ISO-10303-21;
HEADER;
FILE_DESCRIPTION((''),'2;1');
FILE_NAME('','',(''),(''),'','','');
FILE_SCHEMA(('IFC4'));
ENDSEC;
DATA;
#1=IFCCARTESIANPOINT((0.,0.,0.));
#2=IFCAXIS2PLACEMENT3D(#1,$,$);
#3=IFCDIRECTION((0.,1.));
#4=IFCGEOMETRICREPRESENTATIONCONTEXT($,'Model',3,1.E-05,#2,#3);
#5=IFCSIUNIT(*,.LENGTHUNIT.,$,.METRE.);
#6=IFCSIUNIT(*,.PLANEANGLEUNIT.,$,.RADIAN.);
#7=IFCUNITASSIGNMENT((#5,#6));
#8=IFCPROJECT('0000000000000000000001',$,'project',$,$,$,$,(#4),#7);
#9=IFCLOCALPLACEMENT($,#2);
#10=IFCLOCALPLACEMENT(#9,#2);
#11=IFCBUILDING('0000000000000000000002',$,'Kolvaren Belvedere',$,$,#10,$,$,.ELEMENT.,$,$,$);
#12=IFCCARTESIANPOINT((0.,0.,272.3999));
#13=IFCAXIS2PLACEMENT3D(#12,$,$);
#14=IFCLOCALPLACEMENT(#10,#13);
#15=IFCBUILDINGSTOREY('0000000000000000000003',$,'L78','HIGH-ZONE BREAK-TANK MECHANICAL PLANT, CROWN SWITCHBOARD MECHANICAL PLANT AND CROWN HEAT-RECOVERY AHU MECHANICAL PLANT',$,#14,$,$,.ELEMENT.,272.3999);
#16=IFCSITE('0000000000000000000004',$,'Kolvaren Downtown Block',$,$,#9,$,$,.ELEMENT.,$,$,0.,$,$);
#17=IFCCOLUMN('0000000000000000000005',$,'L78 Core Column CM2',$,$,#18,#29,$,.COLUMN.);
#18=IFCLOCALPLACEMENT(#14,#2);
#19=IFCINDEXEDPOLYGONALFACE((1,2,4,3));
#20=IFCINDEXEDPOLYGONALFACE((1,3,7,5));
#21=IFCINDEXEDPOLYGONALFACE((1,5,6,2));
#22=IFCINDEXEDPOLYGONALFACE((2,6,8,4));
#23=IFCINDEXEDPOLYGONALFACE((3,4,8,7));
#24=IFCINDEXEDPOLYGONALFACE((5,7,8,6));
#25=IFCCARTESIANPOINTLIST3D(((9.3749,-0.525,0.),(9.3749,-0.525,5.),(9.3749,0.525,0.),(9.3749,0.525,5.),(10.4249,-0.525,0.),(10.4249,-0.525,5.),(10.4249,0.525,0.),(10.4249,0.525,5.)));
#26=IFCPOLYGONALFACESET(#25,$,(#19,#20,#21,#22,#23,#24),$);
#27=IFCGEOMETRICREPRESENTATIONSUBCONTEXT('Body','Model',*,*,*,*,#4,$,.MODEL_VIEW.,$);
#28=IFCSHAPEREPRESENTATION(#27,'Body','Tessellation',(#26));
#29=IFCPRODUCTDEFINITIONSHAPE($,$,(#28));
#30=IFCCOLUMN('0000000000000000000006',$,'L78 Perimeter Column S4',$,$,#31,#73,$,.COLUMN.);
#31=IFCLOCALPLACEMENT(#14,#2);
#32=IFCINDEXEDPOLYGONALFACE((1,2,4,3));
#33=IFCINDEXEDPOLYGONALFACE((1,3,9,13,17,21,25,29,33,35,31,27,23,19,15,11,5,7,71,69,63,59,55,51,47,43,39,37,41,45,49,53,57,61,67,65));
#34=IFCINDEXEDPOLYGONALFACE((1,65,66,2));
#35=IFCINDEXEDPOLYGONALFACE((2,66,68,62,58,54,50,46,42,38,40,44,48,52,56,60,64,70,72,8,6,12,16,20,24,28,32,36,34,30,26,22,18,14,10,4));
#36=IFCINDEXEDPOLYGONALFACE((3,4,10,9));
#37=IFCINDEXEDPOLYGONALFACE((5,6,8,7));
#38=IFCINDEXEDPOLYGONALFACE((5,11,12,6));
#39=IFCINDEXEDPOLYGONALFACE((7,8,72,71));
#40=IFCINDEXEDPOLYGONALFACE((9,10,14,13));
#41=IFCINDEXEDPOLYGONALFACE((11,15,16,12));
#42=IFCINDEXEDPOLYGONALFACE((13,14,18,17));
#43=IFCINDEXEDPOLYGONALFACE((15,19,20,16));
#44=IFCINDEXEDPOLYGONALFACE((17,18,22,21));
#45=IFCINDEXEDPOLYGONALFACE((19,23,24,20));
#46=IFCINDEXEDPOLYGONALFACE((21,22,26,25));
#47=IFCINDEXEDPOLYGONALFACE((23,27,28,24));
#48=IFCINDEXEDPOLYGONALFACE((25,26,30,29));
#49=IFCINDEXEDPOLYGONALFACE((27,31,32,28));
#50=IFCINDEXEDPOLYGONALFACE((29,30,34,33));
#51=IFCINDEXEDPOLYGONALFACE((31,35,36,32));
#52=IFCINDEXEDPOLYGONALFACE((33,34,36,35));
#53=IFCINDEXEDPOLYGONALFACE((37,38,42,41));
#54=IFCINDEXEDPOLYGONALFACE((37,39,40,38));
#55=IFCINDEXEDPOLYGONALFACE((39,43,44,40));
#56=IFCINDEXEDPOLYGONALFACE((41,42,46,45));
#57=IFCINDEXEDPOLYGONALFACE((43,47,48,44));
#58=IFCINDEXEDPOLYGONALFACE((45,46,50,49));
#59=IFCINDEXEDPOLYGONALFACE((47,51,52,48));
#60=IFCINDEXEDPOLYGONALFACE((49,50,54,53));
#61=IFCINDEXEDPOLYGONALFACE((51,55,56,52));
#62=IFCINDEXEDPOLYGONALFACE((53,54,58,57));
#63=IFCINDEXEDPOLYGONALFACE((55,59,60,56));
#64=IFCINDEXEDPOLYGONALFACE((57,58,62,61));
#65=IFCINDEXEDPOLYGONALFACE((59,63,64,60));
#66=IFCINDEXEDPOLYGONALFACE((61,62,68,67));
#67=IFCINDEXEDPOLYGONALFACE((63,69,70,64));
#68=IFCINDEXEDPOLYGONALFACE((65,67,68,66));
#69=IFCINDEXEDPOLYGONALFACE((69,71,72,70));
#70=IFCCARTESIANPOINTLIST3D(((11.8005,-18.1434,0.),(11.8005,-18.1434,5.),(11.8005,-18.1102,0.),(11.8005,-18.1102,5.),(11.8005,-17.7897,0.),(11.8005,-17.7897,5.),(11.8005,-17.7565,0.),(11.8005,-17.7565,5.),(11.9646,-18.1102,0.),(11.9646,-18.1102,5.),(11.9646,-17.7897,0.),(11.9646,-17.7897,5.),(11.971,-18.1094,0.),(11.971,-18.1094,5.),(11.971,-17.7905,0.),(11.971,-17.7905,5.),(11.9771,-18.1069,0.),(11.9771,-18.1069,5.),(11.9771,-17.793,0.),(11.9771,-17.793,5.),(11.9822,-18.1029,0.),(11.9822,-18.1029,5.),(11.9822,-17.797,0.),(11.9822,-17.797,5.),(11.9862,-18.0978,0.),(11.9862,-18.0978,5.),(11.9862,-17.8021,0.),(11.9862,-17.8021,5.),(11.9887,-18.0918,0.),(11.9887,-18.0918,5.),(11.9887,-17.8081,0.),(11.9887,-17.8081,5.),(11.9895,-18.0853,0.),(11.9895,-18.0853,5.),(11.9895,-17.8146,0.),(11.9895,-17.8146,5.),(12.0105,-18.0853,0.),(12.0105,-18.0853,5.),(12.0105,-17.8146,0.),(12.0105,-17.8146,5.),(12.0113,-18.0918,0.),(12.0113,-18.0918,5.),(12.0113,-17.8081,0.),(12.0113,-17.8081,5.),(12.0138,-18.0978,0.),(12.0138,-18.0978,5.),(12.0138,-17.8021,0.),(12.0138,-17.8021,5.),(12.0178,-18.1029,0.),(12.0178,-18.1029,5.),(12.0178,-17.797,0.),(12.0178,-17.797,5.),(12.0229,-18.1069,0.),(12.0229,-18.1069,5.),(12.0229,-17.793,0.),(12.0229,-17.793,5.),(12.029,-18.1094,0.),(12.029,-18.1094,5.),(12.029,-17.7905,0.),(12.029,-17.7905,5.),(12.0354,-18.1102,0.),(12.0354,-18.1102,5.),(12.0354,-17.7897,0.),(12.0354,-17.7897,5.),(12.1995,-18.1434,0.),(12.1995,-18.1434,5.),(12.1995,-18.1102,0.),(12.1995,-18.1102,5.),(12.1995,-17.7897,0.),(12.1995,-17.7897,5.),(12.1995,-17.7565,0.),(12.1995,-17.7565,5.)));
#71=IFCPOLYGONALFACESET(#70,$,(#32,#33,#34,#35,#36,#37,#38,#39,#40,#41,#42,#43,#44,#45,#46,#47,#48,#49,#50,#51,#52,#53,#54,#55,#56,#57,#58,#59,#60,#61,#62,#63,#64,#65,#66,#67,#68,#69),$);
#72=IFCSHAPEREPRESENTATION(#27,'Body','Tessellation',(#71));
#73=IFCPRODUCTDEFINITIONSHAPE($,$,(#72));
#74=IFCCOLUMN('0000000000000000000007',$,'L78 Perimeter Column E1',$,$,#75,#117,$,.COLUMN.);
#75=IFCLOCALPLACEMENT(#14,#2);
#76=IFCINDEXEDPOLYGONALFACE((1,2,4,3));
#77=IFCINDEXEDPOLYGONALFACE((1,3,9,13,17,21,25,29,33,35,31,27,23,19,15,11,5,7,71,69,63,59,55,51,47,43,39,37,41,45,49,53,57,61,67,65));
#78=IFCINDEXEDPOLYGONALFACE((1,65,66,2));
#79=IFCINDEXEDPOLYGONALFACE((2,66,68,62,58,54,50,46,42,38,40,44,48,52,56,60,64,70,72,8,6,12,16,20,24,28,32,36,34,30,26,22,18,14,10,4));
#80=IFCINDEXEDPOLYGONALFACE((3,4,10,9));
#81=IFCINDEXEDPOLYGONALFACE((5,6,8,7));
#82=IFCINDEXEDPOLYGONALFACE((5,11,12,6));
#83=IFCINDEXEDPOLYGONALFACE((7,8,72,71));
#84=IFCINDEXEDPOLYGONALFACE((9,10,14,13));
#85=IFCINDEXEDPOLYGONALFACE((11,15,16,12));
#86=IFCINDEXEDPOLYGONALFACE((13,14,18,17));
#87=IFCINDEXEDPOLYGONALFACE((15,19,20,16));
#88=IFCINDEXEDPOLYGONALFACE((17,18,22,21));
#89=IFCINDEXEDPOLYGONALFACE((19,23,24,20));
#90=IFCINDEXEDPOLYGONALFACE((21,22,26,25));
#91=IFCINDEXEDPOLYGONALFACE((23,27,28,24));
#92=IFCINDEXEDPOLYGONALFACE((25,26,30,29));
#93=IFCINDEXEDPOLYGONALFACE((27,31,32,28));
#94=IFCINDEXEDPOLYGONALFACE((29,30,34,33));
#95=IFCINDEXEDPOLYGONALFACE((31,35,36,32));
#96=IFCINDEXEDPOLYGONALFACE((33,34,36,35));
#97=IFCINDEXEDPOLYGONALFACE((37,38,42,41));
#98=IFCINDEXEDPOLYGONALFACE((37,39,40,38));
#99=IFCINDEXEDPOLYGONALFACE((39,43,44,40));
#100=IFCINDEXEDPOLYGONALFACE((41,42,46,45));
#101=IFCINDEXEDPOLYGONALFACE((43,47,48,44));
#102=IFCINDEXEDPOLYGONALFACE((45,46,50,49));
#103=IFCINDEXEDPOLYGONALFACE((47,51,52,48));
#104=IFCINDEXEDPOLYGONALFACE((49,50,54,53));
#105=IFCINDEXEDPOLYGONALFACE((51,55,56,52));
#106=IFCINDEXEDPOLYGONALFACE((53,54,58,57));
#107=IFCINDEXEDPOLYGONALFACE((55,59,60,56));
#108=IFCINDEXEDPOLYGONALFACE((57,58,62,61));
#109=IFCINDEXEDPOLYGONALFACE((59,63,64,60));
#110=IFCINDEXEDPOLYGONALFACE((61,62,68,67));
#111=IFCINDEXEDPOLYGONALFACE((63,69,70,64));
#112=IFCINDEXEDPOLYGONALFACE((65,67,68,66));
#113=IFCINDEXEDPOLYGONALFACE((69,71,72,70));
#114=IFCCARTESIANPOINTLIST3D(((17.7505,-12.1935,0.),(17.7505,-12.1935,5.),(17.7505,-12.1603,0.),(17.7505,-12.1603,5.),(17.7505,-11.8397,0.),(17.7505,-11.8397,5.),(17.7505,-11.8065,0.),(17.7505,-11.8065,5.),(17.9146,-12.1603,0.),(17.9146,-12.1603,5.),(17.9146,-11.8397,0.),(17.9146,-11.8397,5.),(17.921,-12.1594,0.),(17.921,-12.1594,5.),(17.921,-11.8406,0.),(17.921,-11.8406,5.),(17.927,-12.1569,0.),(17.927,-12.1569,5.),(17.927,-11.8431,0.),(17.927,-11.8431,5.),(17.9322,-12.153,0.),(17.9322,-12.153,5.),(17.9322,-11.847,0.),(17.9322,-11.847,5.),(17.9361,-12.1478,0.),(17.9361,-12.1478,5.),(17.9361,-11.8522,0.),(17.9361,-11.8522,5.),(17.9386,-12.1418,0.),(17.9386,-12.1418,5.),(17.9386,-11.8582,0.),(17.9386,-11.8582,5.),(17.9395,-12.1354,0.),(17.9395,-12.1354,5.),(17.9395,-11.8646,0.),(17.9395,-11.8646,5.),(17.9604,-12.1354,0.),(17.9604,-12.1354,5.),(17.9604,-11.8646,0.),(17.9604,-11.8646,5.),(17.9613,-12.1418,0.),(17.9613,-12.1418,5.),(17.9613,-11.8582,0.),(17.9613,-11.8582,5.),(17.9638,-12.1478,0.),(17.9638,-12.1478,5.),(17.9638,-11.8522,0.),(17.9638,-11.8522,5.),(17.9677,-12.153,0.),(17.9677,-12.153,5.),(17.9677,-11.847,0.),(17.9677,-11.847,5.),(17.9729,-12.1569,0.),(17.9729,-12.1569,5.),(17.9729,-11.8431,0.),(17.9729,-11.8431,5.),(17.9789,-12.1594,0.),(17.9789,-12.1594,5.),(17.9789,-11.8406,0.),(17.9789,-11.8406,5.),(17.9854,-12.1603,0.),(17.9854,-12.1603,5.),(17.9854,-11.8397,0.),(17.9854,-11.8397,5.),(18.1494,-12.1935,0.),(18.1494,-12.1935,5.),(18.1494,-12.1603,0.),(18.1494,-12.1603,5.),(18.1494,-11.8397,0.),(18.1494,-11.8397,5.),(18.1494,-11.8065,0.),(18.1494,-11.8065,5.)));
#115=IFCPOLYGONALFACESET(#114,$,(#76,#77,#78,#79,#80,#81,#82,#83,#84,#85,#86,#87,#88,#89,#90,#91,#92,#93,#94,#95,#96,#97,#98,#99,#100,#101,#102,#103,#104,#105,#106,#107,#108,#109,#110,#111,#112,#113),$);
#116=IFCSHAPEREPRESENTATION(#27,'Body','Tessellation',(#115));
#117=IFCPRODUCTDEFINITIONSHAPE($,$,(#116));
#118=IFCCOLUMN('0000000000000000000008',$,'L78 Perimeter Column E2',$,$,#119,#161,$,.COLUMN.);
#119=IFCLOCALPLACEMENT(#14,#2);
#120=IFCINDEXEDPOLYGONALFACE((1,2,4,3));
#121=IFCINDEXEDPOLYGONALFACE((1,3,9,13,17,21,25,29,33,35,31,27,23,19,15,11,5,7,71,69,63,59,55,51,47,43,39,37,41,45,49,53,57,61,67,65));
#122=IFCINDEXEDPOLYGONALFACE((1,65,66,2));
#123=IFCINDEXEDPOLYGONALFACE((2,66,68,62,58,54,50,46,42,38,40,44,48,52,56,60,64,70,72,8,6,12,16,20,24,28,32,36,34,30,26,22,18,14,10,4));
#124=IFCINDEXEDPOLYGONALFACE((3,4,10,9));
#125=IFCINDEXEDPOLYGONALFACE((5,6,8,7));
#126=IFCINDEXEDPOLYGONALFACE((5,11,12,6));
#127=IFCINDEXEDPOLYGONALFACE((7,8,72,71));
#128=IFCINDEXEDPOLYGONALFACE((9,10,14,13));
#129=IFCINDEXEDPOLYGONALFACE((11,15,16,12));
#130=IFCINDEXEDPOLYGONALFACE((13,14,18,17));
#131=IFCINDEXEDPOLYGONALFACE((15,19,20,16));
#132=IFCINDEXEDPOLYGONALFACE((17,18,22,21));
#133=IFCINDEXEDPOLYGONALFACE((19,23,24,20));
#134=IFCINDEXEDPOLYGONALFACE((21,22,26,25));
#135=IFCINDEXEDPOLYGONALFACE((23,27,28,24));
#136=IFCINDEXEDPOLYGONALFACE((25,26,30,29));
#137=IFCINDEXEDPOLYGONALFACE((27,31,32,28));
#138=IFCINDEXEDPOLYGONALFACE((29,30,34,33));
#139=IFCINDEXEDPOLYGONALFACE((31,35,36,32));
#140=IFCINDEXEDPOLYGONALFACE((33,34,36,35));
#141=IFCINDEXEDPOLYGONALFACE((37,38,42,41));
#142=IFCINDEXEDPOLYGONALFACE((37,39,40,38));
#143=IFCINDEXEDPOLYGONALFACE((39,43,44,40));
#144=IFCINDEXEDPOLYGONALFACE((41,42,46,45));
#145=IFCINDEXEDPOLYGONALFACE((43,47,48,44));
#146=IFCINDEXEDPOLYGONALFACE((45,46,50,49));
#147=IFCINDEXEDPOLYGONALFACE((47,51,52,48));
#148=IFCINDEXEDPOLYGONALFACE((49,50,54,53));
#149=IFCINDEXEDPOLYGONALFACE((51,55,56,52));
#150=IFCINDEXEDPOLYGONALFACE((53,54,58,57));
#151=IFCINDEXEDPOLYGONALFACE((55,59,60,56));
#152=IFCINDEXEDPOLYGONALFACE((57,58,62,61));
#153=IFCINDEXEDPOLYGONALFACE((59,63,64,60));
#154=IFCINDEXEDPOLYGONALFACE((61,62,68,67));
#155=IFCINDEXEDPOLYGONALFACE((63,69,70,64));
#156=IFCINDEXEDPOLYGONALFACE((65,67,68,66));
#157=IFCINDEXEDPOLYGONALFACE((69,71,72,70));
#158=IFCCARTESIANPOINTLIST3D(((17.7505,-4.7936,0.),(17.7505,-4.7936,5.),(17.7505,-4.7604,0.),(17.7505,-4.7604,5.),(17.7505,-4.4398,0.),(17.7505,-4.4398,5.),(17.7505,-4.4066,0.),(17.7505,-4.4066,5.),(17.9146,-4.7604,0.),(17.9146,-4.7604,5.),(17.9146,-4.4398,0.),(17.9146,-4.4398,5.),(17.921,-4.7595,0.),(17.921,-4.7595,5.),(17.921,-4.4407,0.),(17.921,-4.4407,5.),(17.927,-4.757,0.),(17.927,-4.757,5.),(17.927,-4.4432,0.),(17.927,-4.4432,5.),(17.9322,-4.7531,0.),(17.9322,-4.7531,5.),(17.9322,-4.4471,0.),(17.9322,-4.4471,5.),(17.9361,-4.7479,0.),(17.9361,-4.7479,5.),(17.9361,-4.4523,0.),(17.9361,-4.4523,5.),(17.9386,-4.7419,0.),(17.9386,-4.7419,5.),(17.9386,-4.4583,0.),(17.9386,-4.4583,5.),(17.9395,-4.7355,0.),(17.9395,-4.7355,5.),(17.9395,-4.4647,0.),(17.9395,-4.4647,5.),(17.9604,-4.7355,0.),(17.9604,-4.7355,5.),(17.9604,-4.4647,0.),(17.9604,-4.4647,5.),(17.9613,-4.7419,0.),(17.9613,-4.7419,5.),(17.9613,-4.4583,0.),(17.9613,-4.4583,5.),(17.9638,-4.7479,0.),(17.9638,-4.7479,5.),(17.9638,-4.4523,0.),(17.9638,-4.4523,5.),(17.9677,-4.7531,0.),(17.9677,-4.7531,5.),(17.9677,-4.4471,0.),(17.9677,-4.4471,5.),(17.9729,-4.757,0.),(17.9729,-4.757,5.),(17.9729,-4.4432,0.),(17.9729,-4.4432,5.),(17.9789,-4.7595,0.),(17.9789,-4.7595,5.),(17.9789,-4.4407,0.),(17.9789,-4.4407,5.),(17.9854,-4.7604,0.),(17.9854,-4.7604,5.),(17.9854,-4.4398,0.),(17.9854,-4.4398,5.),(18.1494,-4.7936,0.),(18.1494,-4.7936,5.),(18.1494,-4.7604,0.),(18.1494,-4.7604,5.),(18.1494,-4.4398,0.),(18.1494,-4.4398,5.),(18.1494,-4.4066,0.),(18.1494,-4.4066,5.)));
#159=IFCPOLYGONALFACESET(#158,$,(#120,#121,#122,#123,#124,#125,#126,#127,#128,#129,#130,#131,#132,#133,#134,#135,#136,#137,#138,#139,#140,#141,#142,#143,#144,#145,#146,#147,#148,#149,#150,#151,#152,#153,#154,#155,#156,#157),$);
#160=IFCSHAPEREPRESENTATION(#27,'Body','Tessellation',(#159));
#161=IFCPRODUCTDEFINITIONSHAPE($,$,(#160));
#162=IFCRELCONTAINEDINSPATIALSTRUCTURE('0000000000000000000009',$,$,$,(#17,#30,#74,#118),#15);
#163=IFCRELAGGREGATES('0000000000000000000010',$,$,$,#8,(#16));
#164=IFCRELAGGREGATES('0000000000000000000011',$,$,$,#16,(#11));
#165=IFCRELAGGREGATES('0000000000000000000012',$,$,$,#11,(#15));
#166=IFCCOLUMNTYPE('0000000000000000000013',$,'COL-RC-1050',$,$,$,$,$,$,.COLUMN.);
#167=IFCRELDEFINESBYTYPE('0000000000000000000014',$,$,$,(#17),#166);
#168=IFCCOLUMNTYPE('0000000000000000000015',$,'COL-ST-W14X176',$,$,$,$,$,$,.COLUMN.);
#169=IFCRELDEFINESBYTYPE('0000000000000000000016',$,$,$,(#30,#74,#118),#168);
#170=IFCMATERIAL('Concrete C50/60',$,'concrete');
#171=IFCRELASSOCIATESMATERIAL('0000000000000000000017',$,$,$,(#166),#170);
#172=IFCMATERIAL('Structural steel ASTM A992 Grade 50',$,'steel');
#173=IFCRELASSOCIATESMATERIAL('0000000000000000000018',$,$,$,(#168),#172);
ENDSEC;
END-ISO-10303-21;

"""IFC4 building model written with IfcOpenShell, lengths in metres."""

from ifc_helpers import new_model, si_unit, direction, frame, origin, origin_2d, place, context, subcontext, project, spatial, rectangle, i_section, extrude, material, material_profile, profile_set, type_object, element, save


model = new_model("IFC4")

# Units and contexts
model_context = context("Model", 3, precision=1e-05, world=origin(), true_north=direction((0.0, 1.0)))
body_context = subcontext(model_context, "Body", "Model", "MODEL_VIEW")
ifc_project = project(units=[si_unit("LENGTHUNIT", "METRE"), si_unit("PLANEANGLEUNIT", "RADIAN")], contexts=[model_context])

# Site, building, storey
site_placement = place(None, origin())
site = spatial("IfcSite", under=ifc_project, at=site_placement, Name="Kolvaren Downtown Block", CompositionType="ELEMENT", RefElevation=0.0)
building_placement = place(site_placement, origin())
building = spatial("IfcBuilding", under=site, at=building_placement, Name="Kolvaren Belvedere", CompositionType="ELEMENT")
storey_placement = place(building_placement, frame((0.0, 0.0, 272.3999)))
storey = spatial("IfcBuildingStorey", under=building, at=storey_placement, Name="L78", Description="HIGH-ZONE BREAK-TANK MECHANICAL PLANT, CROWN SWITCHBOARD MECHANICAL PLANT AND CROWN HEAT-RECOVERY AHU MECHANICAL PLANT", CompositionType="ELEMENT", Elevation=272.3999)

# Columns
ifc_material_1 = material(Name="Concrete C50/60", Category="concrete")
ifc_material_profile_1 = material_profile(ifc_material_1, rectangle(XDim=1.05, YDim=1.05, at=origin_2d()), Name="RC 1050X1050")
ifc_profile_set_1 = profile_set([ifc_material_profile_1], Name="Concrete C50/60")
column_type_1 = type_object("IfcColumnType", Name="COL-RC-1050", PredefinedType="COLUMN", material=ifc_profile_set_1)
column_placement = place(storey_placement, frame((9.8999, 0.0, 0.0), z_axis=(0.0, 0.0, 1.0), x_axis=(1.0, 0.0, 0.0)))
element("IfcColumn", 1, at=column_placement, inside=storey, type_object=column_type_1, Name="L78 Core Column CM2", PredefinedType="COLUMN", context=body_context, shape_type="SweptSolid", body=[
    extrude(rectangle(XDim=1.05, YDim=1.05, at=origin_2d()), origin(), (0.0, 0.0, 1.0), 5.0),
])
ifc_material_2 = material(Name="Structural steel ASTM A992 Grade 50", Category="steel")
ifc_material_profile_2 = material_profile(ifc_material_2, i_section(OverallWidth=0.3989, OverallDepth=0.387, WebThickness=0.021, FlangeThickness=0.0332, FilletRadius=0.0249, at=origin_2d()), Name="W14X176")
ifc_profile_set_2 = profile_set([ifc_material_profile_2], Name="Structural steel ASTM A992 Grade 50")
column_type_2 = type_object("IfcColumnType", Name="COL-ST-W14X176", PredefinedType="COLUMN", material=ifc_profile_set_2)
for number, where, z_axis, x_axis, name in (
    (2, (12.0, -17.95, 0.0), (0.0, 0.0, 1.0), (1.0, 0.0, 0.0), "L78 Perimeter Column S4"),
    (3, (17.95, -12.0, 0.0), (0.0, 0.0, 1.0), (1.0, 0.0, 0.0), "L78 Perimeter Column E1"),
    (4, (17.95, -4.6001, 0.0), (0.0, 0.0, 1.0), (1.0, 0.0, 0.0), "L78 Perimeter Column E2"),
):
    element("IfcColumn", number, at=place(storey_placement, frame(where, z_axis=z_axis, x_axis=x_axis)), inside=storey, type_object=column_type_2, Name=name, PredefinedType="COLUMN", context=body_context, shape_type="SweptSolid", body=[
        extrude(i_section(OverallWidth=0.3989, OverallDepth=0.387, WebThickness=0.021, FlangeThickness=0.0332, FilletRadius=0.0249, at=origin_2d()), origin(), (0.0, 0.0, 1.0), 5.0),
    ])

save(model, "model.ifc")
